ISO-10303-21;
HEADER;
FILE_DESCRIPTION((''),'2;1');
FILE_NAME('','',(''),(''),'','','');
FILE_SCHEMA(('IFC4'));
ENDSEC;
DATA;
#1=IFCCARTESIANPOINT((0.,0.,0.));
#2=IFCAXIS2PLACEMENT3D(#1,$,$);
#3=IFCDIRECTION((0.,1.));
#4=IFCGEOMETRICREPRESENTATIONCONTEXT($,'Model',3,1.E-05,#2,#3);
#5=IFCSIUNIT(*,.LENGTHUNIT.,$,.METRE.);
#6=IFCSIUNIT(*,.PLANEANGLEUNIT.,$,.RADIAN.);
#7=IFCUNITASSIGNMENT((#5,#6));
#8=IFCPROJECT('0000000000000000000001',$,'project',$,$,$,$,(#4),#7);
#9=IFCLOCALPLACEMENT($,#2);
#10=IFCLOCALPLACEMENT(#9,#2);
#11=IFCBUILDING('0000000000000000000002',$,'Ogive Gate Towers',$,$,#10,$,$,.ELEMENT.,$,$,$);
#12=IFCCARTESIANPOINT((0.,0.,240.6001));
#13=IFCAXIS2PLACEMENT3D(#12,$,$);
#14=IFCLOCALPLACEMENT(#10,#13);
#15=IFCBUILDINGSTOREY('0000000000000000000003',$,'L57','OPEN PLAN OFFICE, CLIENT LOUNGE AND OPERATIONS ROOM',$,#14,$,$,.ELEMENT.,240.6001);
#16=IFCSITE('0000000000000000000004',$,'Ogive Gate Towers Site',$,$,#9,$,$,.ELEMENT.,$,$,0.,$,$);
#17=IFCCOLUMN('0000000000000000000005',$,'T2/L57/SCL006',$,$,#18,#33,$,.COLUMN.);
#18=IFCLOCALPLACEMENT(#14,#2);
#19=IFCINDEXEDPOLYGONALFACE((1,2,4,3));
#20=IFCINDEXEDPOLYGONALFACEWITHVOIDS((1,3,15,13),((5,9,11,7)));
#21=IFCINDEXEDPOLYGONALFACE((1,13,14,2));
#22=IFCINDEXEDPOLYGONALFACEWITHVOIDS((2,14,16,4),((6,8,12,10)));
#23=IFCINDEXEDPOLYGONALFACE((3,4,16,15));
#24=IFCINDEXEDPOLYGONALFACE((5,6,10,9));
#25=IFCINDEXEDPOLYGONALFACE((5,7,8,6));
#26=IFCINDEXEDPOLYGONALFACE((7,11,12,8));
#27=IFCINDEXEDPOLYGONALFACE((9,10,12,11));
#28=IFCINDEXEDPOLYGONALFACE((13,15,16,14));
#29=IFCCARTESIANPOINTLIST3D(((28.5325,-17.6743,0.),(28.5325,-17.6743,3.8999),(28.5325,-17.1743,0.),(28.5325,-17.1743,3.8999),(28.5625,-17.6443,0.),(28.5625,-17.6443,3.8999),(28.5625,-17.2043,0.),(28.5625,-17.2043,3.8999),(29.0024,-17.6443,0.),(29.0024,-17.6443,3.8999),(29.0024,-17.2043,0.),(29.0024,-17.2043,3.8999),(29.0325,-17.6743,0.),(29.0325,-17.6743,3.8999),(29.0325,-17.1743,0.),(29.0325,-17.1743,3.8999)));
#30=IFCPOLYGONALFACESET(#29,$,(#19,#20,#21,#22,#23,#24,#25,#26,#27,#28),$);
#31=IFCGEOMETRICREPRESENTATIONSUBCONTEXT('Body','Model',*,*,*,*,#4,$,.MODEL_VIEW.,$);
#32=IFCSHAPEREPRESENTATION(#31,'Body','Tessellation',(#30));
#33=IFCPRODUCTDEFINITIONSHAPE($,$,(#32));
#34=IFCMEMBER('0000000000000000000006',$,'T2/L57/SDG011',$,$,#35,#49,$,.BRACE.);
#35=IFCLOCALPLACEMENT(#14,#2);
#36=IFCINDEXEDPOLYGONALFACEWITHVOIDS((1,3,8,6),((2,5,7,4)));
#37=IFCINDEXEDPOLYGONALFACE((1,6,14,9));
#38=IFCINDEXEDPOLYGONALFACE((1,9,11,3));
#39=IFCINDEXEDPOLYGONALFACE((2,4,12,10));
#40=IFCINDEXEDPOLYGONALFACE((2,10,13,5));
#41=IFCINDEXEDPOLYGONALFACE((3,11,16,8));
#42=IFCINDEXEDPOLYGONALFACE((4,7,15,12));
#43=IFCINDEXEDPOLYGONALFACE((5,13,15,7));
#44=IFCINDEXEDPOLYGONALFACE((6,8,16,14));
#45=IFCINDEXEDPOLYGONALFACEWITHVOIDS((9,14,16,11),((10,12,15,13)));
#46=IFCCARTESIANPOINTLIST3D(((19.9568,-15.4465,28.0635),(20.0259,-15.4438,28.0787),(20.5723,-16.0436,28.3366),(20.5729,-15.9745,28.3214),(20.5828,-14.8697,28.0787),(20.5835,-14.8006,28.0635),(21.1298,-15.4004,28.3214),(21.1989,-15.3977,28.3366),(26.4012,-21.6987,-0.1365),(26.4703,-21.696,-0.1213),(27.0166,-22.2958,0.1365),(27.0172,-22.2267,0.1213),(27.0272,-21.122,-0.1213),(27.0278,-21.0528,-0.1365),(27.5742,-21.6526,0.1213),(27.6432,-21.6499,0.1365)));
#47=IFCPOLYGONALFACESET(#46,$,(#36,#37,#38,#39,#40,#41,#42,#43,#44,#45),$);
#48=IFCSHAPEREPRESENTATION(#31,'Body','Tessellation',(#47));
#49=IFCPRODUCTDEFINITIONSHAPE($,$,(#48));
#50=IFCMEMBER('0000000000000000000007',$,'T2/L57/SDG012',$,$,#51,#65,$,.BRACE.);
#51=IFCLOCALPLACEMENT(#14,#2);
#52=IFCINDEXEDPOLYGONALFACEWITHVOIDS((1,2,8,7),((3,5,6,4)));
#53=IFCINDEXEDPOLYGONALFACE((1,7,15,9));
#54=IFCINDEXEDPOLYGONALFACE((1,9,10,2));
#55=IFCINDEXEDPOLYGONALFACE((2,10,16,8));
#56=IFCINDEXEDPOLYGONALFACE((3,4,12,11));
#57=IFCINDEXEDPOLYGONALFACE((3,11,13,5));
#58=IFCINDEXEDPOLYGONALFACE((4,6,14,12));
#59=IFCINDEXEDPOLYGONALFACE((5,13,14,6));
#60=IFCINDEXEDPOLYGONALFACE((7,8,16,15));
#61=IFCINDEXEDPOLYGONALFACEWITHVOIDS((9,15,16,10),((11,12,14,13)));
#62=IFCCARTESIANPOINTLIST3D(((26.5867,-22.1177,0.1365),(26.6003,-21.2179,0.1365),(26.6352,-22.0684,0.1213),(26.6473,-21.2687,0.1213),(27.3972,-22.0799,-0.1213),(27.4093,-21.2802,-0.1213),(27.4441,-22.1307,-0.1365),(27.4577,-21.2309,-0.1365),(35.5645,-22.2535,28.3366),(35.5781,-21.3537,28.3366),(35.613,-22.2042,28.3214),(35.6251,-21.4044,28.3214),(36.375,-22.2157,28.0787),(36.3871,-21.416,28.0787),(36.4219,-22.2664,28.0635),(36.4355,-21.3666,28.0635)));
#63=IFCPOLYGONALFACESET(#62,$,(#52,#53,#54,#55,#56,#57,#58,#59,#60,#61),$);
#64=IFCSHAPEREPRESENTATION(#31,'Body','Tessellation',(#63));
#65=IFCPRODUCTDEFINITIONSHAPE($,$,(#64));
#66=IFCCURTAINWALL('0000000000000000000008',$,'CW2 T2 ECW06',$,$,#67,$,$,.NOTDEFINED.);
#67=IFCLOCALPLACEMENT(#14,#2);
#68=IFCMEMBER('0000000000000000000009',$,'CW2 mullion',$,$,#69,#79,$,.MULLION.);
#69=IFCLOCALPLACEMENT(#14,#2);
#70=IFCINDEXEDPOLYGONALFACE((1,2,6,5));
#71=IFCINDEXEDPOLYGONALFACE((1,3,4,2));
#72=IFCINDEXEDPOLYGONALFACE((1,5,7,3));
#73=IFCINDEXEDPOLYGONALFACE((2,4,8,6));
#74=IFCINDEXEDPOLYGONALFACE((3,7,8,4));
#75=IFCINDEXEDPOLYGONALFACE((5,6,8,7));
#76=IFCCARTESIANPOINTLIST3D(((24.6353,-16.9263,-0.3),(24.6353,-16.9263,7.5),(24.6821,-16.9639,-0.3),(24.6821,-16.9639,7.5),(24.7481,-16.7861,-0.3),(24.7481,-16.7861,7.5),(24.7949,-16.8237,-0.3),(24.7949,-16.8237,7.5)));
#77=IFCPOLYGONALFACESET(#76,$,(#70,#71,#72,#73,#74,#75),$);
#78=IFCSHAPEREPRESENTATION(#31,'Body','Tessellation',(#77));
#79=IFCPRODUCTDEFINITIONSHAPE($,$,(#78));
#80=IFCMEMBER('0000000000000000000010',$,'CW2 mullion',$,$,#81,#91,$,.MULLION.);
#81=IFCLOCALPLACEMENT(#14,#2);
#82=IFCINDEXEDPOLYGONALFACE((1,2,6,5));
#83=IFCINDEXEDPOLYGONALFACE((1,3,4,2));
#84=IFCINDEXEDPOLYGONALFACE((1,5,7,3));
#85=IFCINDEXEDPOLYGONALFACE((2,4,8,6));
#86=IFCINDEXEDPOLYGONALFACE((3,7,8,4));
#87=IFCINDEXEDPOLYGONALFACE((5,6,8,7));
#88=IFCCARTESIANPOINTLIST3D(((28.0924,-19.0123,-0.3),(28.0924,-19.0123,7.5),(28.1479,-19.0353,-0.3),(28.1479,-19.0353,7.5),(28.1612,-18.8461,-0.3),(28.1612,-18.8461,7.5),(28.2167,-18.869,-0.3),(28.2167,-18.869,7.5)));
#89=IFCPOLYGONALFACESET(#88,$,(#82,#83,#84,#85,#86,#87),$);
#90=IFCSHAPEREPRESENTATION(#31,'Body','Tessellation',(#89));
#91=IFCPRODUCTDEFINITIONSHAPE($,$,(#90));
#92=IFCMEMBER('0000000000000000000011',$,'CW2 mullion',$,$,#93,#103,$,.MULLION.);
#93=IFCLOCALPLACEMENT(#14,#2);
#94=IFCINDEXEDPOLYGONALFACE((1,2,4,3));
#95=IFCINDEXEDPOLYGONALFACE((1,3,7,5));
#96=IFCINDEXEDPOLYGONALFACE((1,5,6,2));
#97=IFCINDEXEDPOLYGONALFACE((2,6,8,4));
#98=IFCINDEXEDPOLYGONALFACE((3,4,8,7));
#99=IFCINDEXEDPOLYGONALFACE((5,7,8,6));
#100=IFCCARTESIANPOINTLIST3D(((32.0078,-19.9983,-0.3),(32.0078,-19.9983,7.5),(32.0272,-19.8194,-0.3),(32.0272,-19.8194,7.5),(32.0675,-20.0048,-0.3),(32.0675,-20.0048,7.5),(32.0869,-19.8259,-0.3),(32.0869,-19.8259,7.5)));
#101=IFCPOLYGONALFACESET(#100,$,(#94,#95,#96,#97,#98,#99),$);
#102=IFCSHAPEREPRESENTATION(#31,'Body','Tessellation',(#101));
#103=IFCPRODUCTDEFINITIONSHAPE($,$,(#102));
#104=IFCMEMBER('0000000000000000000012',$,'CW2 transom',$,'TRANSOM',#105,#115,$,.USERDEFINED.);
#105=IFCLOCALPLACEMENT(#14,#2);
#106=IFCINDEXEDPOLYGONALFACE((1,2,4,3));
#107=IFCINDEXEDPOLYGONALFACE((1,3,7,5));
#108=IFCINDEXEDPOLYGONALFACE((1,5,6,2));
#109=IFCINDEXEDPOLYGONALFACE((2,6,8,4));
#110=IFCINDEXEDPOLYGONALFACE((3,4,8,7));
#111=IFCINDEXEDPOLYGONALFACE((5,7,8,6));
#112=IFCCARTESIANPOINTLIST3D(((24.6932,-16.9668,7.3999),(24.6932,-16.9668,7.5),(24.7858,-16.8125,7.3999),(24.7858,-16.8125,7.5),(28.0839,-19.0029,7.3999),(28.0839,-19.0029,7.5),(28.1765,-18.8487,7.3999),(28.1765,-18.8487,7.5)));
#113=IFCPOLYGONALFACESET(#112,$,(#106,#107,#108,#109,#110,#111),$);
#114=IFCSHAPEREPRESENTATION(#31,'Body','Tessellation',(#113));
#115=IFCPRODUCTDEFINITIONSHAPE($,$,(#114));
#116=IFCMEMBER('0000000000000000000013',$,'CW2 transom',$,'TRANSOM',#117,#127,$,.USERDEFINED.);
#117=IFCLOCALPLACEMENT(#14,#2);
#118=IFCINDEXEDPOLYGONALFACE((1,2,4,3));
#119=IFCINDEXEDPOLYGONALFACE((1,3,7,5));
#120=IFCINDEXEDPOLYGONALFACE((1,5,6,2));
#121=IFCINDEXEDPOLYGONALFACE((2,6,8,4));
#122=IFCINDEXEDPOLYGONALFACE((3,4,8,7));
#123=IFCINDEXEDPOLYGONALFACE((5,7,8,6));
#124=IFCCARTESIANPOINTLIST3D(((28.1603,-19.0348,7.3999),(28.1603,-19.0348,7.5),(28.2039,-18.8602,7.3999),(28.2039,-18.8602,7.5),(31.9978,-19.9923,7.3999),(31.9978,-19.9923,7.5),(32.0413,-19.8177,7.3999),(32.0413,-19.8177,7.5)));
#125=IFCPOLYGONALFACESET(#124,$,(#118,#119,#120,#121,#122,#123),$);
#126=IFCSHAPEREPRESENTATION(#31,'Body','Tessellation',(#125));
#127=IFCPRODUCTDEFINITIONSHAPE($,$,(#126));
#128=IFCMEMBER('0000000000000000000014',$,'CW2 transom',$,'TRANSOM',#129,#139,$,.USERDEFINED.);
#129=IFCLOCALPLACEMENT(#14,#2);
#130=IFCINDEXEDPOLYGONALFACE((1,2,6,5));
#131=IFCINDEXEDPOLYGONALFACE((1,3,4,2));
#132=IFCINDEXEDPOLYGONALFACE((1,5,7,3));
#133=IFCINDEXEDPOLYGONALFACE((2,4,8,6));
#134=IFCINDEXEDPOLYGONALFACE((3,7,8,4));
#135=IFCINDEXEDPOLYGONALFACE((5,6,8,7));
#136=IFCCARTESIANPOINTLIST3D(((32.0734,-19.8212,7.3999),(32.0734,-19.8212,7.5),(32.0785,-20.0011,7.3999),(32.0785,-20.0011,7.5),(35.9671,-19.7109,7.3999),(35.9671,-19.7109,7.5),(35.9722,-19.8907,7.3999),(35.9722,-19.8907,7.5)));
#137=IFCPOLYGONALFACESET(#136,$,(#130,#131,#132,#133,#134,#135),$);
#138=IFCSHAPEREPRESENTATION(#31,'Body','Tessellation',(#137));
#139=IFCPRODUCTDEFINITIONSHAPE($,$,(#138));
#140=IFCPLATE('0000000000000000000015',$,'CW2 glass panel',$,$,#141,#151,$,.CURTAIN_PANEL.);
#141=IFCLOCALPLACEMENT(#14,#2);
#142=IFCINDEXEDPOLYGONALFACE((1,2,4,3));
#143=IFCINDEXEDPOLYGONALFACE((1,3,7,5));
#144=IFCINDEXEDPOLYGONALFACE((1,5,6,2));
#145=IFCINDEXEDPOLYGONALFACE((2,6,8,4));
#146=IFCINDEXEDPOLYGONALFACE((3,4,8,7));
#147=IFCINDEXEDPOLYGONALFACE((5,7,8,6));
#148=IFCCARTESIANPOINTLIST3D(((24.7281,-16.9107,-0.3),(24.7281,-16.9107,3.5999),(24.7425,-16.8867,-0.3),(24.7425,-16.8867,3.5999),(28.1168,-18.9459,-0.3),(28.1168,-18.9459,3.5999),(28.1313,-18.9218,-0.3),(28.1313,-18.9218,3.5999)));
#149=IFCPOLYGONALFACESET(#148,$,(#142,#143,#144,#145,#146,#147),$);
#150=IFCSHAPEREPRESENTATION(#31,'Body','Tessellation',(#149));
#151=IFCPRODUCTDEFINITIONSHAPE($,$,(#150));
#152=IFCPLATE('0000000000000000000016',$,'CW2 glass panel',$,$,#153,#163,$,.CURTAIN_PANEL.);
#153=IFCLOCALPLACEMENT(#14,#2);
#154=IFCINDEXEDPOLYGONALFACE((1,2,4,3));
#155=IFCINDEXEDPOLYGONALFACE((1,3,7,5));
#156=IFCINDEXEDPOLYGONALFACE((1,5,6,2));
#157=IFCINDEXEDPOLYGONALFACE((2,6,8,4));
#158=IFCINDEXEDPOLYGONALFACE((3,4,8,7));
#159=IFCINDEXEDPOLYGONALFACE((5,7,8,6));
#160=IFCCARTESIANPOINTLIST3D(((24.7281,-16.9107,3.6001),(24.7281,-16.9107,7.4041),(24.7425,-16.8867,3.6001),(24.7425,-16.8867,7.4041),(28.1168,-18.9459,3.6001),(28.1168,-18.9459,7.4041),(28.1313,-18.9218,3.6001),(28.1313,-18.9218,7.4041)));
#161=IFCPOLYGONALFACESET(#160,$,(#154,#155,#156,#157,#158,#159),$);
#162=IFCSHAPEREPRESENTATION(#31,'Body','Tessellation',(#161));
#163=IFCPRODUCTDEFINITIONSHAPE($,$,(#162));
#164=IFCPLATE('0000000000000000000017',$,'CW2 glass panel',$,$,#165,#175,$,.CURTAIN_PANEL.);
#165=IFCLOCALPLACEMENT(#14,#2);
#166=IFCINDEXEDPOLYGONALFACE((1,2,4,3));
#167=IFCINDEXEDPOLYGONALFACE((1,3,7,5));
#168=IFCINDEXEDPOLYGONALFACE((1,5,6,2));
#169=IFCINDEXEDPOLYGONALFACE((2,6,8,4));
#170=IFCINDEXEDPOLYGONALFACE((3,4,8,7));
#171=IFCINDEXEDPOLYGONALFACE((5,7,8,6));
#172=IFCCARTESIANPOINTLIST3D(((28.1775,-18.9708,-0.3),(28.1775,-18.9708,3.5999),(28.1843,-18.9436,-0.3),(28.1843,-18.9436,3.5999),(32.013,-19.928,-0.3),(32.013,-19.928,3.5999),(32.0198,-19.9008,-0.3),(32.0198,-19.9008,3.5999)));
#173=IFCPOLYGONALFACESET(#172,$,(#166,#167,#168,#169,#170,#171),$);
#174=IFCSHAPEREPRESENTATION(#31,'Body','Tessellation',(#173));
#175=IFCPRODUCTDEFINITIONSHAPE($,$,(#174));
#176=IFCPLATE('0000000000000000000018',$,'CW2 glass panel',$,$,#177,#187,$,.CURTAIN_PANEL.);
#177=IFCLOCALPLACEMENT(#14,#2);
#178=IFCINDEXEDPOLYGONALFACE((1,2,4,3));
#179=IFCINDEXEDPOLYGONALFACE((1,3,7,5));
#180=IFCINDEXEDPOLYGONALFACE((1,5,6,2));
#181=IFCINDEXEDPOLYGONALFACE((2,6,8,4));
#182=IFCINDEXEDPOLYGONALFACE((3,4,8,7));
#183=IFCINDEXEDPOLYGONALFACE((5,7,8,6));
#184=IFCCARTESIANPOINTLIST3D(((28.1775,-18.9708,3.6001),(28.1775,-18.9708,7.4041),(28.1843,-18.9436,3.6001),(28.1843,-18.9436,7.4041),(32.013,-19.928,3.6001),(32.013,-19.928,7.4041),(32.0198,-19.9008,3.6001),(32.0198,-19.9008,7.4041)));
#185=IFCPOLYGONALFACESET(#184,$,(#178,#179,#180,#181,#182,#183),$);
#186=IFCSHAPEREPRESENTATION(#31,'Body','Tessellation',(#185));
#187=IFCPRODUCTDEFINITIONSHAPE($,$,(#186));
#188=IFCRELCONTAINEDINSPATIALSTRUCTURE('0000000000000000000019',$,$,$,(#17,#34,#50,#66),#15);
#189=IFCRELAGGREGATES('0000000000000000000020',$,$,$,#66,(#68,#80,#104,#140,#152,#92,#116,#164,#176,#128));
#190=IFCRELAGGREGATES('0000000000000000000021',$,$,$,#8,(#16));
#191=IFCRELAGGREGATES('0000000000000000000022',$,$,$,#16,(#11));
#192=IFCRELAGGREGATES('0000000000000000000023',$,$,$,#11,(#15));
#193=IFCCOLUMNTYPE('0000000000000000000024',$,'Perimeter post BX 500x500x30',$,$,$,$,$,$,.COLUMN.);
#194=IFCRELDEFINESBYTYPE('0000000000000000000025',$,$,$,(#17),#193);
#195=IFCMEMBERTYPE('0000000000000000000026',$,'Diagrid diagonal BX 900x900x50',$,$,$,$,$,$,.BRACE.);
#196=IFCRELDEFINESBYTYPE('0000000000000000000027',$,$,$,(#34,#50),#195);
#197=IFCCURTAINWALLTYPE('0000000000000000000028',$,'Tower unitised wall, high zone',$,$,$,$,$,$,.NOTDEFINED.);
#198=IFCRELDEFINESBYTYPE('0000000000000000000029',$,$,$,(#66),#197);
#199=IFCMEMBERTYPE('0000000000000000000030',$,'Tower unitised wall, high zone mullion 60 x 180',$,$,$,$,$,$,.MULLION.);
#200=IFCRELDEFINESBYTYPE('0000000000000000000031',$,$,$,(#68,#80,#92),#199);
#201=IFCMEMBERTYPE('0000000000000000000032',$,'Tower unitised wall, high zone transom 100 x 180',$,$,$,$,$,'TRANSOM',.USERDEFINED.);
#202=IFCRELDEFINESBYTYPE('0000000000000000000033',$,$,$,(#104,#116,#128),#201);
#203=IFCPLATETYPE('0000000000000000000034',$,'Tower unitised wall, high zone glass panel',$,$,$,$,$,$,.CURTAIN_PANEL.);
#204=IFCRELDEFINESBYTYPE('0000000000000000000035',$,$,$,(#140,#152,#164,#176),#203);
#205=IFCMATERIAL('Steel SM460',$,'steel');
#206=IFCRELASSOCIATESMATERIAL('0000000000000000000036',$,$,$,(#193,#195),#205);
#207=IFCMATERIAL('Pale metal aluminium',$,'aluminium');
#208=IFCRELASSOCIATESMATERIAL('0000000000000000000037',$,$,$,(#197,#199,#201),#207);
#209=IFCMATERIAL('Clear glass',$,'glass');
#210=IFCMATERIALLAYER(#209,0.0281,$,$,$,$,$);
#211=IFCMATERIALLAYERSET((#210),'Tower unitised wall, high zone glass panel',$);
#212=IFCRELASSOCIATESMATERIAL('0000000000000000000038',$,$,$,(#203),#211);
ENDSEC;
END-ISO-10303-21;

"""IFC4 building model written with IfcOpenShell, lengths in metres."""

from ifc_helpers import new_model, si_unit, direction, frame, origin, origin_2d, place, context, subcontext, project, spatial, rectangle, hollow_rectangle, extrude, material, layer, layer_set, material_profile, profile_set, type_object, element, aggregate, save


model = new_model("IFC4")

# Units and contexts
model_context = context("Model", 3, precision=1e-05, world=origin(), true_north=direction((0.0, 1.0)))
body_context = subcontext(model_context, "Body", "Model", "MODEL_VIEW")
ifc_project = project(units=[si_unit("LENGTHUNIT", "METRE"), si_unit("PLANEANGLEUNIT", "RADIAN")], contexts=[model_context])

# Site, building, storey
site_placement = place(None, origin())
site = spatial("IfcSite", under=ifc_project, at=site_placement, Name="Ogive Gate Towers Site", CompositionType="ELEMENT", RefElevation=0.0)
building_placement = place(site_placement, origin())
building = spatial("IfcBuilding", under=site, at=building_placement, Name="Ogive Gate Towers", CompositionType="ELEMENT")
storey_placement = place(building_placement, frame((0.0, 0.0, 240.6001)))
storey = spatial("IfcBuildingStorey", under=building, at=storey_placement, Name="L57", Description="OPEN PLAN OFFICE, CLIENT LOUNGE AND OPERATIONS ROOM", CompositionType="ELEMENT", Elevation=240.6001)

# Column
ifc_material_1 = material(Name="Steel SM460", Category="steel")
ifc_material_profile_1 = material_profile(ifc_material_1, hollow_rectangle(XDim=0.5, YDim=0.5, WallThickness=0.03, at=origin_2d()), Name="BX 500x500x30")
ifc_profile_set_1 = profile_set([ifc_material_profile_1], Name="Steel SM460")
column_type = type_object("IfcColumnType", Name="Perimeter post BX 500x500x30", PredefinedType="COLUMN", material=ifc_profile_set_1)
column_placement = place(storey_placement, frame((28.7825, -17.4243, 0.0), z_axis=(0.0, 0.0, 1.0), x_axis=(1.0, 0.0, 0.0)))
element("IfcColumn", 1, at=column_placement, inside=storey, type_object=column_type, Name="T2/L57/SCL006", PredefinedType="COLUMN", context=body_context, shape_type="SweptSolid", body=[
    extrude(hollow_rectangle(XDim=0.5, YDim=0.5, WallThickness=0.03, at=origin_2d()), origin(), (0.0, 0.0, 1.0), 3.8999),
])

# Members
ifc_material_profile_2 = material_profile(ifc_material_1, hollow_rectangle(XDim=0.8999, YDim=0.8999, WallThickness=0.05, at=origin_2d()), Name="BX 900x900x50")
ifc_profile_set_2 = profile_set([ifc_material_profile_2], Name="Steel SM460")
member_type_1 = type_object("IfcMemberType", Name="Diagrid diagonal BX 900x900x50", PredefinedType="BRACE", material=ifc_profile_set_2)
for number, where, z_axis, x_axis, name in (
    (2, (27.0222, -21.6743, 0.0), (-0.217752, 0.211259, 0.952866), (-0.696326, -0.717725, 0.0), "T2/L57/SDG011"),
    (3, (27.0222, -21.6743, 0.0), (0.303356, -0.004587, 0.952866), (0.015118, 0.999886, 0.0), "T2/L57/SDG012"),
):
    element("IfcMember", number, at=place(storey_placement, frame(where, z_axis=z_axis, x_axis=x_axis)), inside=storey, type_object=member_type_1, Name=name, PredefinedType="BRACE", context=body_context, shape_type="SweptSolid", body=[
        extrude(hollow_rectangle(XDim=0.8999, YDim=0.8999, WallThickness=0.05, at=origin_2d()), origin(), (0.0, 0.0, 1.0), 29.595),
    ])

# Curtain wall, members, plates
ifc_material_2 = material(Name="Pale metal aluminium", Category="aluminium")
curtain_wall_type = type_object("IfcCurtainWallType", Name="Tower unitised wall, high zone", PredefinedType="NOTDEFINED", material=ifc_material_2)
curtain_wall_placement = place(storey_placement, origin())
curtain_wall = element("IfcCurtainWall", 4, at=curtain_wall_placement, inside=storey, type_object=curtain_wall_type, Name="CW2 T2 ECW06", PredefinedType="NOTDEFINED")
ifc_material_profile_3 = material_profile(ifc_material_2, rectangle(XDim=0.1799, YDim=0.0601, at=origin_2d()), Name="60 x 180 aluminium box")
ifc_profile_set_3 = profile_set([ifc_material_profile_3], Name="Pale metal aluminium")
member_type_2 = type_object("IfcMemberType", Name="Tower unitised wall, high zone mullion 60 x 180", PredefinedType="MULLION", material=ifc_profile_set_3)
member_1_placement = place(storey_placement, frame((24.7151, -16.875, -0.3), z_axis=(0.0, 0.0, 1.0), x_axis=(-0.626672, -0.779283, 0.0)))
member_1 = element("IfcMember", 5, at=member_1_placement, type_object=member_type_2, Name="CW2 mullion", PredefinedType="MULLION", context=body_context, shape_type="SweptSolid", body=[
    extrude(rectangle(XDim=0.1799, YDim=0.0601, at=origin_2d()), origin(), (0.0, 0.0, 1.0), 7.8),
])
member_2_placement = place(storey_placement, frame((28.1545, -18.9407, -0.3), z_axis=(0.0, 0.0, 1.0), x_axis=(-0.382683, -0.92388, 0.0)))
member_2 = element("IfcMember", 6, at=member_2_placement, type_object=member_type_2, Name="CW2 mullion", PredefinedType="MULLION", context=body_context, shape_type="SweptSolid", body=[
    extrude(rectangle(XDim=0.1799, YDim=0.0601, at=origin_2d()), origin(), (0.0, 0.0, 1.0), 7.8),
])
member_3_placement = place(storey_placement, frame((32.0474, -19.9121, -0.3), z_axis=(0.0, 0.0, 1.0), x_axis=(-0.107913, -0.99416, 0.0)))
member_3 = element("IfcMember", 7, at=member_3_placement, type_object=member_type_2, Name="CW2 mullion", PredefinedType="MULLION", context=body_context, shape_type="SweptSolid", body=[
    extrude(rectangle(XDim=0.1799, YDim=0.0601, at=origin_2d()), origin(), (0.0, 0.0, 1.0), 7.8),
])
ifc_material_profile_4 = material_profile(ifc_material_2, rectangle(XDim=0.1799, YDim=0.1001, at=origin_2d()), Name="100 x 180 aluminium box")
ifc_profile_set_4 = profile_set([ifc_material_profile_4], Name="Pale metal aluminium")
member_type_3 = type_object("IfcMemberType", Name="Tower unitised wall, high zone transom 100 x 180", ElementType="TRANSOM", PredefinedType="USERDEFINED", material=ifc_profile_set_4)
member_4_placement = place(storey_placement, frame((24.7395, -16.8896, 7.45), z_axis=(0.857297, -0.514823, 0.0), x_axis=(0.514823, 0.857297, 0.0)))
member_4 = element("IfcMember", 8, at=member_4_placement, type_object=member_type_3, Name="CW2 transom", ObjectType="TRANSOM", PredefinedType="USERDEFINED", context=body_context, shape_type="SweptSolid", body=[
    extrude(rectangle(XDim=0.1799, YDim=0.1001, at=origin_2d()), origin(), (0.0, 0.0, 1.0), 3.9551),
])
member_5_placement = place(storey_placement, frame((28.1821, -18.9475, 7.45), z_axis=(0.970251, -0.2421, 0.0), x_axis=(0.2421, 0.970251, 0.0)))
member_5 = element("IfcMember", 9, at=member_5_placement, type_object=member_type_3, Name="CW2 transom", ObjectType="TRANSOM", PredefinedType="USERDEFINED", context=body_context, shape_type="SweptSolid", body=[
    extrude(rectangle(XDim=0.1799, YDim=0.1001, at=origin_2d()), origin(), (0.0, 0.0, 1.0), 3.9551),
])
member_6_placement = place(storey_placement, frame((32.0759, -19.9111, 7.45), z_axis=(0.999599, 0.028329, 0.0), x_axis=(-0.028329, 0.999599, 0.0)))
member_6 = element("IfcMember", 10, at=member_6_placement, type_object=member_type_3, Name="CW2 transom", ObjectType="TRANSOM", PredefinedType="USERDEFINED", context=body_context, shape_type="SweptSolid", body=[
    extrude(rectangle(XDim=0.1799, YDim=0.1001, at=origin_2d()), origin(), (0.0, 0.0, 1.0), 3.8953),
])
ifc_material_3 = material(Name="Clear glass", Category="glass")
ifc_layer_1 = layer(ifc_material_3, 0.0281)
ifc_layer_set_1 = layer_set([ifc_layer_1], Name="Tower unitised wall, high zone glass panel")
plate_type = type_object("IfcPlateType", Name="Tower unitised wall, high zone glass panel", PredefinedType="CURTAIN_PANEL", material=ifc_layer_set_1)
plate_1_placement = place(storey_placement, frame((26.4297, -17.9163, -0.3), z_axis=(0.0, 0.0, 1.0), x_axis=(0.857284, -0.514844, 0.0)))
plate_1 = element("IfcPlate", 11, at=plate_1_placement, type_object=plate_type, Name="CW2 glass panel", PredefinedType="CURTAIN_PANEL", context=body_context, shape_type="SweptSolid", body=[
    extrude(rectangle(XDim=3.9529, YDim=0.0281, at=origin_2d()), origin(), (0.0, 0.0, 1.0), 3.8999),
])
plate_2_placement = place(storey_placement, frame((26.4297, -17.9163, 3.6001), z_axis=(0.0, 0.0, 1.0), x_axis=(0.857284, -0.514844, 0.0)))
plate_2 = element("IfcPlate", 12, at=plate_2_placement, type_object=plate_type, Name="CW2 glass panel", PredefinedType="CURTAIN_PANEL", context=body_context, shape_type="SweptSolid", body=[
    extrude(rectangle(XDim=3.9529, YDim=0.0281, at=origin_2d()), origin(), (0.0, 0.0, 1.0), 3.804),
])
plate_3_placement = place(storey_placement, frame((30.0986, -19.4358, -0.3), z_axis=(0.0, 0.0, 1.0), x_axis=(0.970241, -0.242142, 0.0)))
plate_3 = element("IfcPlate", 13, at=plate_3_placement, type_object=plate_type, Name="CW2 glass panel", PredefinedType="CURTAIN_PANEL", context=body_context, shape_type="SweptSolid", body=[
    extrude(rectangle(XDim=3.9531, YDim=0.0281, at=origin_2d()), origin(), (0.0, 0.0, 1.0), 3.8999),
])
plate_4_placement = place(storey_placement, frame((30.0986, -19.4358, 3.6001), z_axis=(0.0, 0.0, 1.0), x_axis=(0.970241, -0.242142, 0.0)))
plate_4 = element("IfcPlate", 14, at=plate_4_placement, type_object=plate_type, Name="CW2 glass panel", PredefinedType="CURTAIN_PANEL", context=body_context, shape_type="SweptSolid", body=[
    extrude(rectangle(XDim=3.9531, YDim=0.0281, at=origin_2d()), origin(), (0.0, 0.0, 1.0), 3.804),
])
aggregate(curtain_wall, [member_1, member_2, member_4, plate_1, plate_2, member_3, member_5, plate_3, plate_4, member_6])

save(model, "model.ifc")
